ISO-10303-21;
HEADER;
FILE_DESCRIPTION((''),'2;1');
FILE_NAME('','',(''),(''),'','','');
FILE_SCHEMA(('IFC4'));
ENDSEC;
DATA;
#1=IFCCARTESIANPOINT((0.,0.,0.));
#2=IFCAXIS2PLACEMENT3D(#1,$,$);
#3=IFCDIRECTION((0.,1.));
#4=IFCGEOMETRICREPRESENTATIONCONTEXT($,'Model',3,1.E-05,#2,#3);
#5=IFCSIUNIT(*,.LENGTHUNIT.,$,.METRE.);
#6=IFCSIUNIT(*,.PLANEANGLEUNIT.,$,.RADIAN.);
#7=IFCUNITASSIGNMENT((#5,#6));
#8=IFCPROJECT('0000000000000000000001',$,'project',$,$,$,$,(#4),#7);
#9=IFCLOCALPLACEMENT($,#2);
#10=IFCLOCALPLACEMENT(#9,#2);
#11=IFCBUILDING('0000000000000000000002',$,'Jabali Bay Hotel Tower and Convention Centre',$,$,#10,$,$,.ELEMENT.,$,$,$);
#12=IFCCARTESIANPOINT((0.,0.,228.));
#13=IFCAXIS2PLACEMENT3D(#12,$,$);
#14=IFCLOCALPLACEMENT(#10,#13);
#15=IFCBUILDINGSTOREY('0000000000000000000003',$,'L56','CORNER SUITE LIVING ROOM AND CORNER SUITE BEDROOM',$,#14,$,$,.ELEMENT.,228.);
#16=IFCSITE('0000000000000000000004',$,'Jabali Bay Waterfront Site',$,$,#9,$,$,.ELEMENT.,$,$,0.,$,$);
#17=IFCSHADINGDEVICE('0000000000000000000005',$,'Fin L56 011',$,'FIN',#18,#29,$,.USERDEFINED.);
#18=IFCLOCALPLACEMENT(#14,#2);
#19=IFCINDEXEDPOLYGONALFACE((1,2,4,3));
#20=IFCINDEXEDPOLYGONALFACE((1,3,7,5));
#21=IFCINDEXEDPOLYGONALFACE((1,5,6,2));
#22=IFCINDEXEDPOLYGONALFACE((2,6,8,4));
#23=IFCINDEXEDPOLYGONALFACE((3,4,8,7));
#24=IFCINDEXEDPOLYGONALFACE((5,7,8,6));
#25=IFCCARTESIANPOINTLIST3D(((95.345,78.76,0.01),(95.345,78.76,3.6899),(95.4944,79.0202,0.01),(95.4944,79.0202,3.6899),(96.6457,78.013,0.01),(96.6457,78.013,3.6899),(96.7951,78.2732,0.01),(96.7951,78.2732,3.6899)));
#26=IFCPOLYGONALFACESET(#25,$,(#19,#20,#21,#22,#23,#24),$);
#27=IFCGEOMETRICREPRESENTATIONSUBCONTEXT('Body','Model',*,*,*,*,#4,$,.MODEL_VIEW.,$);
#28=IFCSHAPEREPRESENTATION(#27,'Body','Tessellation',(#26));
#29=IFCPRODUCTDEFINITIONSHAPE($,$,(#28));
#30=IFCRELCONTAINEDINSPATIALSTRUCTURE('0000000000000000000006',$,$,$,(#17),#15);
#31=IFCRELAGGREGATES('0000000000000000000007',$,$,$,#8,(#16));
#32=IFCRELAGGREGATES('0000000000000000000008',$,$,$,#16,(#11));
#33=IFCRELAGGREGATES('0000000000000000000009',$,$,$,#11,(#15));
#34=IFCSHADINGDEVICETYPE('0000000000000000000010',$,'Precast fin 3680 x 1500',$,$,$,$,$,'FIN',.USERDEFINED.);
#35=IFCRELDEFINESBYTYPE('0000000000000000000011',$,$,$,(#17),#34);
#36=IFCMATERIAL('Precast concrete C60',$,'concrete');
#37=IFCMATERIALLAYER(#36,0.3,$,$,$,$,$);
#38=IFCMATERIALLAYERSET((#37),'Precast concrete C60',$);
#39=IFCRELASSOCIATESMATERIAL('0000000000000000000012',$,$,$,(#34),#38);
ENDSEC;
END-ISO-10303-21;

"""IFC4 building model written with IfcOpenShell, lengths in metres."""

from ifc_helpers import new_model, si_unit, direction, frame, frame_2d, origin, place, context, subcontext, project, spatial, rectangle, extrude, material, layer, layer_set, type_object, element, save


model = new_model("IFC4")

# Units and contexts
model_context = context("Model", 3, precision=1e-05, world=origin(), true_north=direction((0.0, 1.0)))
body_context = subcontext(model_context, "Body", "Model", "MODEL_VIEW")
ifc_project = project(units=[si_unit("LENGTHUNIT", "METRE"), si_unit("PLANEANGLEUNIT", "RADIAN")], contexts=[model_context])

# Site, building, storey
site_placement = place(None, origin())
site = spatial("IfcSite", under=ifc_project, at=site_placement, Name="Jabali Bay Waterfront Site", CompositionType="ELEMENT", RefElevation=0.0)
building_placement = place(site_placement, origin())
building = spatial("IfcBuilding", under=site, at=building_placement, Name="Jabali Bay Hotel Tower and Convention Centre", CompositionType="ELEMENT")
storey_placement = place(building_placement, frame((0.0, 0.0, 228.0)))
storey = spatial("IfcBuildingStorey", under=building, at=storey_placement, Name="L56", Description="CORNER SUITE LIVING ROOM AND CORNER SUITE BEDROOM", CompositionType="ELEMENT", Elevation=228.0)

# Shading device
ifc_material_1 = material(Name="Precast concrete C60", Category="concrete")
ifc_layer_1 = layer(ifc_material_1, 0.3)
ifc_layer_set_1 = layer_set([ifc_layer_1], Name="Precast concrete C60")
shading_device_type = type_object("IfcShadingDeviceType", Name="Precast fin 3680 x 1500", ElementType="FIN", PredefinedType="USERDEFINED", material=ifc_layer_set_1)
for number, where, z_axis, x_axis, name in (
    (1, (95.4197, 78.8901, 0.01), (0.0, 0.0, 1.0), (0.867159, -0.498031, 0.0), "Fin L56 011"),
):
    element("IfcShadingDevice", number, at=place(storey_placement, frame(where, z_axis=z_axis, x_axis=x_axis)), inside=storey, type_object=shading_device_type, Name=name, ObjectType="FIN", PredefinedType="USERDEFINED", context=body_context, shape_type="SweptSolid", body=[
        extrude(rectangle(XDim=1.5, YDim=0.3, at=frame_2d((0.75, 0.0))), origin(), (0.0, 0.0, 1.0), 3.6799),
    ])

save(model, "model.ifc")
